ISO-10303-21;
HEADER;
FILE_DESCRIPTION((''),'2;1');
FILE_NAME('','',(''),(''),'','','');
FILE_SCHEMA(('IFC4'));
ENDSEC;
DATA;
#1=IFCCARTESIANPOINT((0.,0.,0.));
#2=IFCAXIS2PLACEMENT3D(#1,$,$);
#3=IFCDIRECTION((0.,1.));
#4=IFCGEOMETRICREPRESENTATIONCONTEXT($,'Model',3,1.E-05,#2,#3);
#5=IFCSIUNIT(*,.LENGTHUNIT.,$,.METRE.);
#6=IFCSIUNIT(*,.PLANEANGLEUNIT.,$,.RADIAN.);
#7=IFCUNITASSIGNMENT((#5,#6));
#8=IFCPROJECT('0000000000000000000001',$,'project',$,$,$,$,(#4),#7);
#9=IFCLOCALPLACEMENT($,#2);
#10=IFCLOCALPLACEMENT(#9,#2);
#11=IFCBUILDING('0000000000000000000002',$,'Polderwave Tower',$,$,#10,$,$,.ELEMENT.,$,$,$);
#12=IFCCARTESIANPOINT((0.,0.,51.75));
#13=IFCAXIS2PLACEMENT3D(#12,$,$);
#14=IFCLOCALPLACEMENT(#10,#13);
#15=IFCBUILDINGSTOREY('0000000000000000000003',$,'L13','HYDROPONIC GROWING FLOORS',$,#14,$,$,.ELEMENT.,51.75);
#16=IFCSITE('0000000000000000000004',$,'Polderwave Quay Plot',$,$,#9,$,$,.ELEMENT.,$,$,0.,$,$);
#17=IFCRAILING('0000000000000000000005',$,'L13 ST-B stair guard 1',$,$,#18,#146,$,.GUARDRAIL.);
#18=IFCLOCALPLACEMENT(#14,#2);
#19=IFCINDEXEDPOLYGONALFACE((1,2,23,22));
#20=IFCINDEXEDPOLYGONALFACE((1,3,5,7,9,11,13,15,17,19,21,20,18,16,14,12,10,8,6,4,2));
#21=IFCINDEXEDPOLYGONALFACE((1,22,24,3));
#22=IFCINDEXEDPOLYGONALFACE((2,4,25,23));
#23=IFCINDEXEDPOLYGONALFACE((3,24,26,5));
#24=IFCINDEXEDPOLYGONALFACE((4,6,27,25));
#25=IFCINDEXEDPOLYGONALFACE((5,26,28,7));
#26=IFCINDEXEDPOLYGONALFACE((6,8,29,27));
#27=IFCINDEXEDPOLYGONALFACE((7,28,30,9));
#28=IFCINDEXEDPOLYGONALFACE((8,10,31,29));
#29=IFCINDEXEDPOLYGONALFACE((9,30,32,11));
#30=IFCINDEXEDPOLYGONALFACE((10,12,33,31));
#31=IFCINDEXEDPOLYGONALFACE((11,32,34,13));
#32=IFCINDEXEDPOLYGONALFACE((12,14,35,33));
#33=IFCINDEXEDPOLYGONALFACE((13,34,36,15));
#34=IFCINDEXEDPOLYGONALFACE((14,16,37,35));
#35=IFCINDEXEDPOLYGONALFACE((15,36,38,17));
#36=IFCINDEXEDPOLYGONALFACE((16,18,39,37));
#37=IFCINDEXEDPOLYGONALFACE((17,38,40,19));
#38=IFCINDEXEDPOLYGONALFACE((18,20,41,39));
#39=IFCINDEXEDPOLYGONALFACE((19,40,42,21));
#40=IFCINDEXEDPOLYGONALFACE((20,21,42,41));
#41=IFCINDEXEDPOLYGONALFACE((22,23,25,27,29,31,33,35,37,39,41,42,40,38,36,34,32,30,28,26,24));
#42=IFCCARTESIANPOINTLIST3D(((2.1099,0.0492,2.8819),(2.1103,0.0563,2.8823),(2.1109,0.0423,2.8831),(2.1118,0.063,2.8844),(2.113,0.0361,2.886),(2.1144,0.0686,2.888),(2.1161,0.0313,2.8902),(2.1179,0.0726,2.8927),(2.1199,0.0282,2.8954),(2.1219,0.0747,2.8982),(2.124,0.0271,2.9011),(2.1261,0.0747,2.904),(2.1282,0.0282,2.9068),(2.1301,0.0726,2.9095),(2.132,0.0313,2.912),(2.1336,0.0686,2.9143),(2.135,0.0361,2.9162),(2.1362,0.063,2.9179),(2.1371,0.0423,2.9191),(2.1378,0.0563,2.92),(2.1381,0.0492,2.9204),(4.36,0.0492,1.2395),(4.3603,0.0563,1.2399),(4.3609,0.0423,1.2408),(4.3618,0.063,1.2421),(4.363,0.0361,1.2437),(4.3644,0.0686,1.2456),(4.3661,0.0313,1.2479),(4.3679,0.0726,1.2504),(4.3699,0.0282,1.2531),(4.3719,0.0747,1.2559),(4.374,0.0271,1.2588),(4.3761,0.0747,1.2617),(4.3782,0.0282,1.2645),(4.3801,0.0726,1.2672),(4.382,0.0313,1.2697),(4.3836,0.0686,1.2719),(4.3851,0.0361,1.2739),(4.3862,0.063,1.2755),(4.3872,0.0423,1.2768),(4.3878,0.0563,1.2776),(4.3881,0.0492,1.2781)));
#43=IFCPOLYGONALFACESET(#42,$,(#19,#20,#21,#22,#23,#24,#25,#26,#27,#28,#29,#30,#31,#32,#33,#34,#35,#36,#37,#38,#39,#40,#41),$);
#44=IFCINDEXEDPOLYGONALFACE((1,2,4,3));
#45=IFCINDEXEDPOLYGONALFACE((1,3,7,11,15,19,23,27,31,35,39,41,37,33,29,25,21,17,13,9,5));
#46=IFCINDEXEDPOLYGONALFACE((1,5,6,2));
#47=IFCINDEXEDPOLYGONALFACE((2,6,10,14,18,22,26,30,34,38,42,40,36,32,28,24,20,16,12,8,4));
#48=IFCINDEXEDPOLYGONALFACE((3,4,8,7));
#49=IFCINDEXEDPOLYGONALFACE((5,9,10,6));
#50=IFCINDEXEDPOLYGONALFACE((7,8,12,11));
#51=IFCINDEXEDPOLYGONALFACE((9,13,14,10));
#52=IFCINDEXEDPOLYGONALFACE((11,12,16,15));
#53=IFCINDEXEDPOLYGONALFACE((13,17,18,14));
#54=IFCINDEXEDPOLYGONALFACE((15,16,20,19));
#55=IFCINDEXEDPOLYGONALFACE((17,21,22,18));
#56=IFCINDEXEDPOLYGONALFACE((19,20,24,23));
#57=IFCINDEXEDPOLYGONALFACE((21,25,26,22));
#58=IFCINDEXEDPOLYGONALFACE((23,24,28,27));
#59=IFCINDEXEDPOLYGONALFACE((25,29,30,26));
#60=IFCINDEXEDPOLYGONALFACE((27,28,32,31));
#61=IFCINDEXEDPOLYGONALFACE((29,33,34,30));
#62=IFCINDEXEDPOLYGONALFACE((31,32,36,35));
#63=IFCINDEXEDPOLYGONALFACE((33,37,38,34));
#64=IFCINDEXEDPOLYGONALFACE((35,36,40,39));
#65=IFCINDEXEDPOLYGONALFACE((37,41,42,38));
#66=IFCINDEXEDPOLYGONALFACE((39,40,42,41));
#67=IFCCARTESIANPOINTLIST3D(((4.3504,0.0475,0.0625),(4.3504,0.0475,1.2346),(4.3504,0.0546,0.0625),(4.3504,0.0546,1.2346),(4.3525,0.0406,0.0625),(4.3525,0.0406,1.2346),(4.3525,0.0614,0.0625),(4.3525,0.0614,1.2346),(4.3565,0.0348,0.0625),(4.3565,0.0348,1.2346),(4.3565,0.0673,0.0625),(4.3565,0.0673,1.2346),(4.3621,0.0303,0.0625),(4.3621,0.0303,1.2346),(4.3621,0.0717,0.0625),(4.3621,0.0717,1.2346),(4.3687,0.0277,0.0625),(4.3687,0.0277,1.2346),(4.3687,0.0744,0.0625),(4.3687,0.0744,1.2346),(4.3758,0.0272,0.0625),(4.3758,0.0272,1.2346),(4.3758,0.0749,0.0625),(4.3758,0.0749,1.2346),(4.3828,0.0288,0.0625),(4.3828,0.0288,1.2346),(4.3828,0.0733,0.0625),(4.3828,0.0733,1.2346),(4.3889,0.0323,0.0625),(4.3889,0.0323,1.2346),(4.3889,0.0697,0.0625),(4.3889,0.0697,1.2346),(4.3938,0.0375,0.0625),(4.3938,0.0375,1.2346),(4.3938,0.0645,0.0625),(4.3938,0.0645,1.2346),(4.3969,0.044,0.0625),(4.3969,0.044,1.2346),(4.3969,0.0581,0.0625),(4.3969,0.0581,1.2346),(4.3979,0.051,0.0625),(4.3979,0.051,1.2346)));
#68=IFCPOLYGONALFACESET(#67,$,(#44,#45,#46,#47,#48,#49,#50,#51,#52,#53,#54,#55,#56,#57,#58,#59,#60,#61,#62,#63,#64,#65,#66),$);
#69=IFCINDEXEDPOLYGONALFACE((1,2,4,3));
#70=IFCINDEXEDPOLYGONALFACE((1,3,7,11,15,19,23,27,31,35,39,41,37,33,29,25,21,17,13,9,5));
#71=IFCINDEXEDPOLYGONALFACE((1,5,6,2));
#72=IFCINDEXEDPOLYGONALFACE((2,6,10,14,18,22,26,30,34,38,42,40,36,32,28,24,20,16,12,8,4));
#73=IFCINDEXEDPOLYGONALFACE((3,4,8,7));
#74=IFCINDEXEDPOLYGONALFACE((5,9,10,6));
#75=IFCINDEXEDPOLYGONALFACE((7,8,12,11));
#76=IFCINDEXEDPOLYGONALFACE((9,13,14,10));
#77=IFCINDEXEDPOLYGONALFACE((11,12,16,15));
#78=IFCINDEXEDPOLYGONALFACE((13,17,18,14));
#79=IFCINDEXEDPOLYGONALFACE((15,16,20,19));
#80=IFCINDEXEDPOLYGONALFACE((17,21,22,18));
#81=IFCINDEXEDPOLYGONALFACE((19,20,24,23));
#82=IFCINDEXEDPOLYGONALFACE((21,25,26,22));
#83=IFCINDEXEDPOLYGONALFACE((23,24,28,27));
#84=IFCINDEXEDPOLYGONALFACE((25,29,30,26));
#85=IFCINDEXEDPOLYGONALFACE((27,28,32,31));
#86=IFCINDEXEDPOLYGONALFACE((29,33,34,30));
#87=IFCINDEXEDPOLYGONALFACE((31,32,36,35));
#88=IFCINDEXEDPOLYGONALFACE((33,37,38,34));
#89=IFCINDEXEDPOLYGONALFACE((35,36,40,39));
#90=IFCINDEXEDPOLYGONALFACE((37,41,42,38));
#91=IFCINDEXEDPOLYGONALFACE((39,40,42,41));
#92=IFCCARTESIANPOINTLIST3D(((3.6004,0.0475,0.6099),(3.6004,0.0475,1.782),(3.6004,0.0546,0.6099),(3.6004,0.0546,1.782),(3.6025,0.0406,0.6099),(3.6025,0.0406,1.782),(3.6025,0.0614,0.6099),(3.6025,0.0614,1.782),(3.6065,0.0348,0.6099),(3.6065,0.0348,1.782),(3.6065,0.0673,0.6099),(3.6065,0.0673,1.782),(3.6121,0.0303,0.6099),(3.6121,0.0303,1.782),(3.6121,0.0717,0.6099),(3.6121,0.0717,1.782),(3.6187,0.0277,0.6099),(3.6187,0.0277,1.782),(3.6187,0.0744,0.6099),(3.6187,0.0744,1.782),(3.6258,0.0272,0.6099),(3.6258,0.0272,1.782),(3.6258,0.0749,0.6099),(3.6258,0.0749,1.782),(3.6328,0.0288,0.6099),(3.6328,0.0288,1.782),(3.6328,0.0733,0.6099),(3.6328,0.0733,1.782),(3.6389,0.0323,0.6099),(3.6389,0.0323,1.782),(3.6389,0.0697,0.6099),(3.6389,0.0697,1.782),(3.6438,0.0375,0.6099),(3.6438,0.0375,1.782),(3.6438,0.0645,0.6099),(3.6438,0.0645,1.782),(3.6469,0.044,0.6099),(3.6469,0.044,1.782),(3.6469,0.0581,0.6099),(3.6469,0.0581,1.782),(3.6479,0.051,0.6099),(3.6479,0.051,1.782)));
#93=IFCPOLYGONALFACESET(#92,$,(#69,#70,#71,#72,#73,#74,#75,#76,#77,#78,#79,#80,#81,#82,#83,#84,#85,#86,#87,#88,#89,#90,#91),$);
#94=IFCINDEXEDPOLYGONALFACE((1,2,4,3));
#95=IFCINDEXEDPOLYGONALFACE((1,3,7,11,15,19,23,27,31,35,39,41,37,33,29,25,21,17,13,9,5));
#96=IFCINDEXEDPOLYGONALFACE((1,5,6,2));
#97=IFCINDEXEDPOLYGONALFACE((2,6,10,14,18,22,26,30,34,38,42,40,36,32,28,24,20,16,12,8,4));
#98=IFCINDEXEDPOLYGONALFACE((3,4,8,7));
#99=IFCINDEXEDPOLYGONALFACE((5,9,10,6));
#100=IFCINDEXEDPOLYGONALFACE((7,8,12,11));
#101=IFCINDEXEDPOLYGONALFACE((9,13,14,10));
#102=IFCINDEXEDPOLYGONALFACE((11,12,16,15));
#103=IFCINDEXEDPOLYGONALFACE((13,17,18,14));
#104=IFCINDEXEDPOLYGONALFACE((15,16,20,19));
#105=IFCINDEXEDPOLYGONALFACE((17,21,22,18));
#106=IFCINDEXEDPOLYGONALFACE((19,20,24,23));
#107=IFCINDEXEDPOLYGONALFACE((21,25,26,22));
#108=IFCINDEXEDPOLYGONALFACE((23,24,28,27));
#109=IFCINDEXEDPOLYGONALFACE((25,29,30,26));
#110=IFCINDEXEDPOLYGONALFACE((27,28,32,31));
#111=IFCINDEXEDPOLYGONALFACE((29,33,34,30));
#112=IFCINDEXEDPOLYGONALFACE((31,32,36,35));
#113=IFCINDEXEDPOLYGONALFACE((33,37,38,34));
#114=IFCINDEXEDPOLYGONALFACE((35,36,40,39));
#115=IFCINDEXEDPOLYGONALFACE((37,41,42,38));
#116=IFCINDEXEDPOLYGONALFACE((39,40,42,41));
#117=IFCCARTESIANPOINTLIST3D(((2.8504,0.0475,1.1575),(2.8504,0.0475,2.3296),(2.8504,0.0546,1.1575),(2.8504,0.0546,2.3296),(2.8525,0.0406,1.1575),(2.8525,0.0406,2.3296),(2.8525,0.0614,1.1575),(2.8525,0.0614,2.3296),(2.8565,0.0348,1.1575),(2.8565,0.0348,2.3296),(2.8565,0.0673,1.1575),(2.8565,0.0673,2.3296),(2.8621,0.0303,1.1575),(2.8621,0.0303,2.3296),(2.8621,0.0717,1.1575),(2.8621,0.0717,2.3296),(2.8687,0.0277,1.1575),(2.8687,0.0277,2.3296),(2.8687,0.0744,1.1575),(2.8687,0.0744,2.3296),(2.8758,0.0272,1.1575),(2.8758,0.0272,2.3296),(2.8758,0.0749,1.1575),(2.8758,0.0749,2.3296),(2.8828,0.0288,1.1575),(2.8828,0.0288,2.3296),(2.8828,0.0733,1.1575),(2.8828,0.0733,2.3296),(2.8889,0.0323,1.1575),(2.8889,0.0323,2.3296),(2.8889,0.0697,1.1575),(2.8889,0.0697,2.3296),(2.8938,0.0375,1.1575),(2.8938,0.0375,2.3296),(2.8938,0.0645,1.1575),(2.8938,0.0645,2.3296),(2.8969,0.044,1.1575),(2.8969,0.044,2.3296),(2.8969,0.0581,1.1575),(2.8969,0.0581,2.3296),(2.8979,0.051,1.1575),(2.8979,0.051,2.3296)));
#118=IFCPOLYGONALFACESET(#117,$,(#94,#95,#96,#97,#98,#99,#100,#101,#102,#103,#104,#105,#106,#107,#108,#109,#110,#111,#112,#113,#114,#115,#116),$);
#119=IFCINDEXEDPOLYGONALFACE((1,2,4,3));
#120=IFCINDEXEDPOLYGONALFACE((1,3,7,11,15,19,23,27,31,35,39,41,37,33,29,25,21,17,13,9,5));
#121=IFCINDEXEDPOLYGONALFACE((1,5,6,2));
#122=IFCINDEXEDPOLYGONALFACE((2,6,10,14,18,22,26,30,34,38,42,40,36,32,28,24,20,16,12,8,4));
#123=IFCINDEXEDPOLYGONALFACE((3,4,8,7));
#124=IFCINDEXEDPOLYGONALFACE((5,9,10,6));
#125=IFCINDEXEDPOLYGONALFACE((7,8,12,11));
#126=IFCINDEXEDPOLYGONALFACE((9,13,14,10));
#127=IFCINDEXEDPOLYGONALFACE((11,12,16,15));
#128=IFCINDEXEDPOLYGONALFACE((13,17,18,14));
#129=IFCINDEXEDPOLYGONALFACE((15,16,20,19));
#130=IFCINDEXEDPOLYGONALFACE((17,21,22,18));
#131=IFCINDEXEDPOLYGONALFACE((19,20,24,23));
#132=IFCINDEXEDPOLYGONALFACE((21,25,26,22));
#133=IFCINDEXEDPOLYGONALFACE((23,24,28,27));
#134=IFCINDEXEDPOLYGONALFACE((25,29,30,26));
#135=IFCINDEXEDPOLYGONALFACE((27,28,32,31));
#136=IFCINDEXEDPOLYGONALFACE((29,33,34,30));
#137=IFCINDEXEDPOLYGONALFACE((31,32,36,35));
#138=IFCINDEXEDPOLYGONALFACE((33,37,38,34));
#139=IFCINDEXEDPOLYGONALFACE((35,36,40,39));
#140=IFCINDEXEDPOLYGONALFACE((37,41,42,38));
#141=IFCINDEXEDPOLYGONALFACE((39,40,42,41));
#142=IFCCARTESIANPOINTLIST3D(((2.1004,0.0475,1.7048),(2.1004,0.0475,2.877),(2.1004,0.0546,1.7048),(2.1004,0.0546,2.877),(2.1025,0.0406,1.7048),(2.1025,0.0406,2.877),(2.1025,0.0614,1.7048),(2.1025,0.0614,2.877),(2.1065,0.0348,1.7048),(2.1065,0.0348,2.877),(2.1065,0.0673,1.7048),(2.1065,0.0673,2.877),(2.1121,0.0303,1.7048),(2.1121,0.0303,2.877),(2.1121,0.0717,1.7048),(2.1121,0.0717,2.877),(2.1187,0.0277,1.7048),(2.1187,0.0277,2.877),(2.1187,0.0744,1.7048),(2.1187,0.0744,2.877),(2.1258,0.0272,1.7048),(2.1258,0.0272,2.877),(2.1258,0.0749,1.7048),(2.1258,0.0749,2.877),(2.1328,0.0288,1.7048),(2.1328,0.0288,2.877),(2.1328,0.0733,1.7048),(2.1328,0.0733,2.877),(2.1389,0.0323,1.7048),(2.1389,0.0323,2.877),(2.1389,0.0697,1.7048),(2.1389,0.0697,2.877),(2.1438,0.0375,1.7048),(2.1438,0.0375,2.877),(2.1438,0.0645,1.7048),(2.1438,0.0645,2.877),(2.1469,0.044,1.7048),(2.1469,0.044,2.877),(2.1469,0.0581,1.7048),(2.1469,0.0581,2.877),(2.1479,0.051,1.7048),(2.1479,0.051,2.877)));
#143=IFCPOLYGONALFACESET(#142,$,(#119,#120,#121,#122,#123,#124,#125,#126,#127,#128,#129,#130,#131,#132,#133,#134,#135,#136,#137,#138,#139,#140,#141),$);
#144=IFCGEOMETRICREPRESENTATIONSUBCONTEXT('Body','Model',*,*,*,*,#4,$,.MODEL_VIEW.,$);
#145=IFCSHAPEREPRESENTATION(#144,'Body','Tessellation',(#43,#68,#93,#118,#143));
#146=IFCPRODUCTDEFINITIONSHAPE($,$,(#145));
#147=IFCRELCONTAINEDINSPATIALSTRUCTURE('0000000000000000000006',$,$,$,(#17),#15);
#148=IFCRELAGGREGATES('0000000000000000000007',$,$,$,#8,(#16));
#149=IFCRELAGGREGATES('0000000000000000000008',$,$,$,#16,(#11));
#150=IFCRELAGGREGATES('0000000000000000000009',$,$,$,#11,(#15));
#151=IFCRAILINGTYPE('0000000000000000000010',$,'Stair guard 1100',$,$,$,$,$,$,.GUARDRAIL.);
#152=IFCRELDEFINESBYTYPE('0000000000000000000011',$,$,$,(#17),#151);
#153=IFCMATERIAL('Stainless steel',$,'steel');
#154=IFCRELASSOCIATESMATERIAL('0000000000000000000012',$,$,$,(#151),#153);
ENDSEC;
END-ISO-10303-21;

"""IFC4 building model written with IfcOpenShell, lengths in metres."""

from ifc_helpers import new_model, si_unit, direction, frame, origin, origin_2d, place, context, subcontext, project, spatial, circle, extrude, material, type_object, element, save


model = new_model("IFC4")

# Units and contexts
model_context = context("Model", 3, precision=1e-05, world=origin(), true_north=direction((0.0, 1.0)))
body_context = subcontext(model_context, "Body", "Model", "MODEL_VIEW")
ifc_project = project(units=[si_unit("LENGTHUNIT", "METRE"), si_unit("PLANEANGLEUNIT", "RADIAN")], contexts=[model_context])

# Site, building, storey
site_placement = place(None, origin())
site = spatial("IfcSite", under=ifc_project, at=site_placement, Name="Polderwave Quay Plot", CompositionType="ELEMENT", RefElevation=0.0)
building_placement = place(site_placement, origin())
building = spatial("IfcBuilding", under=site, at=building_placement, Name="Polderwave Tower", CompositionType="ELEMENT")
storey_placement = place(building_placement, frame((0.0, 0.0, 51.75)))
storey = spatial("IfcBuildingStorey", under=building, at=storey_placement, Name="L13", Description="HYDROPONIC GROWING FLOORS", CompositionType="ELEMENT", Elevation=51.75)

# Railing
ifc_material_1 = material(Name="Stainless steel", Category="steel")
railing_type_1 = type_object("IfcRailingType", Name="Stair guard 1100", PredefinedType="GUARDRAIL", material=ifc_material_1)
railing_1_placement = place(storey_placement, frame((4.374, 0.051, 0.0625)))
element("IfcRailing", 1, at=railing_1_placement, inside=storey, type_object=railing_type_1, Name="L13 ST-B stair guard 1", PredefinedType="GUARDRAIL", context=body_context, shape_type="SweptSolid", body=[
    extrude(circle(Radius=0.0239, at=origin_2d()), frame((0.0, 0.0, 1.1963), z_axis=(-0.807715, 0.0, 0.589573), x_axis=(0.0, -1.0, 0.0)), (0.0, 0.0, 1.0), 2.7856),
    extrude(circle(Radius=0.0239, at=origin_2d()), origin(), (0.0, 0.0, 1.0), 1.1721),
    extrude(circle(Radius=0.0239, at=origin_2d()), frame((-0.75, 0.0, 0.5474)), (0.0, 0.0, 1.0), 1.1721),
    extrude(circle(Radius=0.0239, at=origin_2d()), frame((-1.5, 0.0, 1.095)), (0.0, 0.0, 1.0), 1.1721),
    extrude(circle(Radius=0.0239, at=origin_2d()), frame((-2.25, 0.0, 1.6423)), (0.0, 0.0, 1.0), 1.1721),
])

save(model, "model.ifc")
